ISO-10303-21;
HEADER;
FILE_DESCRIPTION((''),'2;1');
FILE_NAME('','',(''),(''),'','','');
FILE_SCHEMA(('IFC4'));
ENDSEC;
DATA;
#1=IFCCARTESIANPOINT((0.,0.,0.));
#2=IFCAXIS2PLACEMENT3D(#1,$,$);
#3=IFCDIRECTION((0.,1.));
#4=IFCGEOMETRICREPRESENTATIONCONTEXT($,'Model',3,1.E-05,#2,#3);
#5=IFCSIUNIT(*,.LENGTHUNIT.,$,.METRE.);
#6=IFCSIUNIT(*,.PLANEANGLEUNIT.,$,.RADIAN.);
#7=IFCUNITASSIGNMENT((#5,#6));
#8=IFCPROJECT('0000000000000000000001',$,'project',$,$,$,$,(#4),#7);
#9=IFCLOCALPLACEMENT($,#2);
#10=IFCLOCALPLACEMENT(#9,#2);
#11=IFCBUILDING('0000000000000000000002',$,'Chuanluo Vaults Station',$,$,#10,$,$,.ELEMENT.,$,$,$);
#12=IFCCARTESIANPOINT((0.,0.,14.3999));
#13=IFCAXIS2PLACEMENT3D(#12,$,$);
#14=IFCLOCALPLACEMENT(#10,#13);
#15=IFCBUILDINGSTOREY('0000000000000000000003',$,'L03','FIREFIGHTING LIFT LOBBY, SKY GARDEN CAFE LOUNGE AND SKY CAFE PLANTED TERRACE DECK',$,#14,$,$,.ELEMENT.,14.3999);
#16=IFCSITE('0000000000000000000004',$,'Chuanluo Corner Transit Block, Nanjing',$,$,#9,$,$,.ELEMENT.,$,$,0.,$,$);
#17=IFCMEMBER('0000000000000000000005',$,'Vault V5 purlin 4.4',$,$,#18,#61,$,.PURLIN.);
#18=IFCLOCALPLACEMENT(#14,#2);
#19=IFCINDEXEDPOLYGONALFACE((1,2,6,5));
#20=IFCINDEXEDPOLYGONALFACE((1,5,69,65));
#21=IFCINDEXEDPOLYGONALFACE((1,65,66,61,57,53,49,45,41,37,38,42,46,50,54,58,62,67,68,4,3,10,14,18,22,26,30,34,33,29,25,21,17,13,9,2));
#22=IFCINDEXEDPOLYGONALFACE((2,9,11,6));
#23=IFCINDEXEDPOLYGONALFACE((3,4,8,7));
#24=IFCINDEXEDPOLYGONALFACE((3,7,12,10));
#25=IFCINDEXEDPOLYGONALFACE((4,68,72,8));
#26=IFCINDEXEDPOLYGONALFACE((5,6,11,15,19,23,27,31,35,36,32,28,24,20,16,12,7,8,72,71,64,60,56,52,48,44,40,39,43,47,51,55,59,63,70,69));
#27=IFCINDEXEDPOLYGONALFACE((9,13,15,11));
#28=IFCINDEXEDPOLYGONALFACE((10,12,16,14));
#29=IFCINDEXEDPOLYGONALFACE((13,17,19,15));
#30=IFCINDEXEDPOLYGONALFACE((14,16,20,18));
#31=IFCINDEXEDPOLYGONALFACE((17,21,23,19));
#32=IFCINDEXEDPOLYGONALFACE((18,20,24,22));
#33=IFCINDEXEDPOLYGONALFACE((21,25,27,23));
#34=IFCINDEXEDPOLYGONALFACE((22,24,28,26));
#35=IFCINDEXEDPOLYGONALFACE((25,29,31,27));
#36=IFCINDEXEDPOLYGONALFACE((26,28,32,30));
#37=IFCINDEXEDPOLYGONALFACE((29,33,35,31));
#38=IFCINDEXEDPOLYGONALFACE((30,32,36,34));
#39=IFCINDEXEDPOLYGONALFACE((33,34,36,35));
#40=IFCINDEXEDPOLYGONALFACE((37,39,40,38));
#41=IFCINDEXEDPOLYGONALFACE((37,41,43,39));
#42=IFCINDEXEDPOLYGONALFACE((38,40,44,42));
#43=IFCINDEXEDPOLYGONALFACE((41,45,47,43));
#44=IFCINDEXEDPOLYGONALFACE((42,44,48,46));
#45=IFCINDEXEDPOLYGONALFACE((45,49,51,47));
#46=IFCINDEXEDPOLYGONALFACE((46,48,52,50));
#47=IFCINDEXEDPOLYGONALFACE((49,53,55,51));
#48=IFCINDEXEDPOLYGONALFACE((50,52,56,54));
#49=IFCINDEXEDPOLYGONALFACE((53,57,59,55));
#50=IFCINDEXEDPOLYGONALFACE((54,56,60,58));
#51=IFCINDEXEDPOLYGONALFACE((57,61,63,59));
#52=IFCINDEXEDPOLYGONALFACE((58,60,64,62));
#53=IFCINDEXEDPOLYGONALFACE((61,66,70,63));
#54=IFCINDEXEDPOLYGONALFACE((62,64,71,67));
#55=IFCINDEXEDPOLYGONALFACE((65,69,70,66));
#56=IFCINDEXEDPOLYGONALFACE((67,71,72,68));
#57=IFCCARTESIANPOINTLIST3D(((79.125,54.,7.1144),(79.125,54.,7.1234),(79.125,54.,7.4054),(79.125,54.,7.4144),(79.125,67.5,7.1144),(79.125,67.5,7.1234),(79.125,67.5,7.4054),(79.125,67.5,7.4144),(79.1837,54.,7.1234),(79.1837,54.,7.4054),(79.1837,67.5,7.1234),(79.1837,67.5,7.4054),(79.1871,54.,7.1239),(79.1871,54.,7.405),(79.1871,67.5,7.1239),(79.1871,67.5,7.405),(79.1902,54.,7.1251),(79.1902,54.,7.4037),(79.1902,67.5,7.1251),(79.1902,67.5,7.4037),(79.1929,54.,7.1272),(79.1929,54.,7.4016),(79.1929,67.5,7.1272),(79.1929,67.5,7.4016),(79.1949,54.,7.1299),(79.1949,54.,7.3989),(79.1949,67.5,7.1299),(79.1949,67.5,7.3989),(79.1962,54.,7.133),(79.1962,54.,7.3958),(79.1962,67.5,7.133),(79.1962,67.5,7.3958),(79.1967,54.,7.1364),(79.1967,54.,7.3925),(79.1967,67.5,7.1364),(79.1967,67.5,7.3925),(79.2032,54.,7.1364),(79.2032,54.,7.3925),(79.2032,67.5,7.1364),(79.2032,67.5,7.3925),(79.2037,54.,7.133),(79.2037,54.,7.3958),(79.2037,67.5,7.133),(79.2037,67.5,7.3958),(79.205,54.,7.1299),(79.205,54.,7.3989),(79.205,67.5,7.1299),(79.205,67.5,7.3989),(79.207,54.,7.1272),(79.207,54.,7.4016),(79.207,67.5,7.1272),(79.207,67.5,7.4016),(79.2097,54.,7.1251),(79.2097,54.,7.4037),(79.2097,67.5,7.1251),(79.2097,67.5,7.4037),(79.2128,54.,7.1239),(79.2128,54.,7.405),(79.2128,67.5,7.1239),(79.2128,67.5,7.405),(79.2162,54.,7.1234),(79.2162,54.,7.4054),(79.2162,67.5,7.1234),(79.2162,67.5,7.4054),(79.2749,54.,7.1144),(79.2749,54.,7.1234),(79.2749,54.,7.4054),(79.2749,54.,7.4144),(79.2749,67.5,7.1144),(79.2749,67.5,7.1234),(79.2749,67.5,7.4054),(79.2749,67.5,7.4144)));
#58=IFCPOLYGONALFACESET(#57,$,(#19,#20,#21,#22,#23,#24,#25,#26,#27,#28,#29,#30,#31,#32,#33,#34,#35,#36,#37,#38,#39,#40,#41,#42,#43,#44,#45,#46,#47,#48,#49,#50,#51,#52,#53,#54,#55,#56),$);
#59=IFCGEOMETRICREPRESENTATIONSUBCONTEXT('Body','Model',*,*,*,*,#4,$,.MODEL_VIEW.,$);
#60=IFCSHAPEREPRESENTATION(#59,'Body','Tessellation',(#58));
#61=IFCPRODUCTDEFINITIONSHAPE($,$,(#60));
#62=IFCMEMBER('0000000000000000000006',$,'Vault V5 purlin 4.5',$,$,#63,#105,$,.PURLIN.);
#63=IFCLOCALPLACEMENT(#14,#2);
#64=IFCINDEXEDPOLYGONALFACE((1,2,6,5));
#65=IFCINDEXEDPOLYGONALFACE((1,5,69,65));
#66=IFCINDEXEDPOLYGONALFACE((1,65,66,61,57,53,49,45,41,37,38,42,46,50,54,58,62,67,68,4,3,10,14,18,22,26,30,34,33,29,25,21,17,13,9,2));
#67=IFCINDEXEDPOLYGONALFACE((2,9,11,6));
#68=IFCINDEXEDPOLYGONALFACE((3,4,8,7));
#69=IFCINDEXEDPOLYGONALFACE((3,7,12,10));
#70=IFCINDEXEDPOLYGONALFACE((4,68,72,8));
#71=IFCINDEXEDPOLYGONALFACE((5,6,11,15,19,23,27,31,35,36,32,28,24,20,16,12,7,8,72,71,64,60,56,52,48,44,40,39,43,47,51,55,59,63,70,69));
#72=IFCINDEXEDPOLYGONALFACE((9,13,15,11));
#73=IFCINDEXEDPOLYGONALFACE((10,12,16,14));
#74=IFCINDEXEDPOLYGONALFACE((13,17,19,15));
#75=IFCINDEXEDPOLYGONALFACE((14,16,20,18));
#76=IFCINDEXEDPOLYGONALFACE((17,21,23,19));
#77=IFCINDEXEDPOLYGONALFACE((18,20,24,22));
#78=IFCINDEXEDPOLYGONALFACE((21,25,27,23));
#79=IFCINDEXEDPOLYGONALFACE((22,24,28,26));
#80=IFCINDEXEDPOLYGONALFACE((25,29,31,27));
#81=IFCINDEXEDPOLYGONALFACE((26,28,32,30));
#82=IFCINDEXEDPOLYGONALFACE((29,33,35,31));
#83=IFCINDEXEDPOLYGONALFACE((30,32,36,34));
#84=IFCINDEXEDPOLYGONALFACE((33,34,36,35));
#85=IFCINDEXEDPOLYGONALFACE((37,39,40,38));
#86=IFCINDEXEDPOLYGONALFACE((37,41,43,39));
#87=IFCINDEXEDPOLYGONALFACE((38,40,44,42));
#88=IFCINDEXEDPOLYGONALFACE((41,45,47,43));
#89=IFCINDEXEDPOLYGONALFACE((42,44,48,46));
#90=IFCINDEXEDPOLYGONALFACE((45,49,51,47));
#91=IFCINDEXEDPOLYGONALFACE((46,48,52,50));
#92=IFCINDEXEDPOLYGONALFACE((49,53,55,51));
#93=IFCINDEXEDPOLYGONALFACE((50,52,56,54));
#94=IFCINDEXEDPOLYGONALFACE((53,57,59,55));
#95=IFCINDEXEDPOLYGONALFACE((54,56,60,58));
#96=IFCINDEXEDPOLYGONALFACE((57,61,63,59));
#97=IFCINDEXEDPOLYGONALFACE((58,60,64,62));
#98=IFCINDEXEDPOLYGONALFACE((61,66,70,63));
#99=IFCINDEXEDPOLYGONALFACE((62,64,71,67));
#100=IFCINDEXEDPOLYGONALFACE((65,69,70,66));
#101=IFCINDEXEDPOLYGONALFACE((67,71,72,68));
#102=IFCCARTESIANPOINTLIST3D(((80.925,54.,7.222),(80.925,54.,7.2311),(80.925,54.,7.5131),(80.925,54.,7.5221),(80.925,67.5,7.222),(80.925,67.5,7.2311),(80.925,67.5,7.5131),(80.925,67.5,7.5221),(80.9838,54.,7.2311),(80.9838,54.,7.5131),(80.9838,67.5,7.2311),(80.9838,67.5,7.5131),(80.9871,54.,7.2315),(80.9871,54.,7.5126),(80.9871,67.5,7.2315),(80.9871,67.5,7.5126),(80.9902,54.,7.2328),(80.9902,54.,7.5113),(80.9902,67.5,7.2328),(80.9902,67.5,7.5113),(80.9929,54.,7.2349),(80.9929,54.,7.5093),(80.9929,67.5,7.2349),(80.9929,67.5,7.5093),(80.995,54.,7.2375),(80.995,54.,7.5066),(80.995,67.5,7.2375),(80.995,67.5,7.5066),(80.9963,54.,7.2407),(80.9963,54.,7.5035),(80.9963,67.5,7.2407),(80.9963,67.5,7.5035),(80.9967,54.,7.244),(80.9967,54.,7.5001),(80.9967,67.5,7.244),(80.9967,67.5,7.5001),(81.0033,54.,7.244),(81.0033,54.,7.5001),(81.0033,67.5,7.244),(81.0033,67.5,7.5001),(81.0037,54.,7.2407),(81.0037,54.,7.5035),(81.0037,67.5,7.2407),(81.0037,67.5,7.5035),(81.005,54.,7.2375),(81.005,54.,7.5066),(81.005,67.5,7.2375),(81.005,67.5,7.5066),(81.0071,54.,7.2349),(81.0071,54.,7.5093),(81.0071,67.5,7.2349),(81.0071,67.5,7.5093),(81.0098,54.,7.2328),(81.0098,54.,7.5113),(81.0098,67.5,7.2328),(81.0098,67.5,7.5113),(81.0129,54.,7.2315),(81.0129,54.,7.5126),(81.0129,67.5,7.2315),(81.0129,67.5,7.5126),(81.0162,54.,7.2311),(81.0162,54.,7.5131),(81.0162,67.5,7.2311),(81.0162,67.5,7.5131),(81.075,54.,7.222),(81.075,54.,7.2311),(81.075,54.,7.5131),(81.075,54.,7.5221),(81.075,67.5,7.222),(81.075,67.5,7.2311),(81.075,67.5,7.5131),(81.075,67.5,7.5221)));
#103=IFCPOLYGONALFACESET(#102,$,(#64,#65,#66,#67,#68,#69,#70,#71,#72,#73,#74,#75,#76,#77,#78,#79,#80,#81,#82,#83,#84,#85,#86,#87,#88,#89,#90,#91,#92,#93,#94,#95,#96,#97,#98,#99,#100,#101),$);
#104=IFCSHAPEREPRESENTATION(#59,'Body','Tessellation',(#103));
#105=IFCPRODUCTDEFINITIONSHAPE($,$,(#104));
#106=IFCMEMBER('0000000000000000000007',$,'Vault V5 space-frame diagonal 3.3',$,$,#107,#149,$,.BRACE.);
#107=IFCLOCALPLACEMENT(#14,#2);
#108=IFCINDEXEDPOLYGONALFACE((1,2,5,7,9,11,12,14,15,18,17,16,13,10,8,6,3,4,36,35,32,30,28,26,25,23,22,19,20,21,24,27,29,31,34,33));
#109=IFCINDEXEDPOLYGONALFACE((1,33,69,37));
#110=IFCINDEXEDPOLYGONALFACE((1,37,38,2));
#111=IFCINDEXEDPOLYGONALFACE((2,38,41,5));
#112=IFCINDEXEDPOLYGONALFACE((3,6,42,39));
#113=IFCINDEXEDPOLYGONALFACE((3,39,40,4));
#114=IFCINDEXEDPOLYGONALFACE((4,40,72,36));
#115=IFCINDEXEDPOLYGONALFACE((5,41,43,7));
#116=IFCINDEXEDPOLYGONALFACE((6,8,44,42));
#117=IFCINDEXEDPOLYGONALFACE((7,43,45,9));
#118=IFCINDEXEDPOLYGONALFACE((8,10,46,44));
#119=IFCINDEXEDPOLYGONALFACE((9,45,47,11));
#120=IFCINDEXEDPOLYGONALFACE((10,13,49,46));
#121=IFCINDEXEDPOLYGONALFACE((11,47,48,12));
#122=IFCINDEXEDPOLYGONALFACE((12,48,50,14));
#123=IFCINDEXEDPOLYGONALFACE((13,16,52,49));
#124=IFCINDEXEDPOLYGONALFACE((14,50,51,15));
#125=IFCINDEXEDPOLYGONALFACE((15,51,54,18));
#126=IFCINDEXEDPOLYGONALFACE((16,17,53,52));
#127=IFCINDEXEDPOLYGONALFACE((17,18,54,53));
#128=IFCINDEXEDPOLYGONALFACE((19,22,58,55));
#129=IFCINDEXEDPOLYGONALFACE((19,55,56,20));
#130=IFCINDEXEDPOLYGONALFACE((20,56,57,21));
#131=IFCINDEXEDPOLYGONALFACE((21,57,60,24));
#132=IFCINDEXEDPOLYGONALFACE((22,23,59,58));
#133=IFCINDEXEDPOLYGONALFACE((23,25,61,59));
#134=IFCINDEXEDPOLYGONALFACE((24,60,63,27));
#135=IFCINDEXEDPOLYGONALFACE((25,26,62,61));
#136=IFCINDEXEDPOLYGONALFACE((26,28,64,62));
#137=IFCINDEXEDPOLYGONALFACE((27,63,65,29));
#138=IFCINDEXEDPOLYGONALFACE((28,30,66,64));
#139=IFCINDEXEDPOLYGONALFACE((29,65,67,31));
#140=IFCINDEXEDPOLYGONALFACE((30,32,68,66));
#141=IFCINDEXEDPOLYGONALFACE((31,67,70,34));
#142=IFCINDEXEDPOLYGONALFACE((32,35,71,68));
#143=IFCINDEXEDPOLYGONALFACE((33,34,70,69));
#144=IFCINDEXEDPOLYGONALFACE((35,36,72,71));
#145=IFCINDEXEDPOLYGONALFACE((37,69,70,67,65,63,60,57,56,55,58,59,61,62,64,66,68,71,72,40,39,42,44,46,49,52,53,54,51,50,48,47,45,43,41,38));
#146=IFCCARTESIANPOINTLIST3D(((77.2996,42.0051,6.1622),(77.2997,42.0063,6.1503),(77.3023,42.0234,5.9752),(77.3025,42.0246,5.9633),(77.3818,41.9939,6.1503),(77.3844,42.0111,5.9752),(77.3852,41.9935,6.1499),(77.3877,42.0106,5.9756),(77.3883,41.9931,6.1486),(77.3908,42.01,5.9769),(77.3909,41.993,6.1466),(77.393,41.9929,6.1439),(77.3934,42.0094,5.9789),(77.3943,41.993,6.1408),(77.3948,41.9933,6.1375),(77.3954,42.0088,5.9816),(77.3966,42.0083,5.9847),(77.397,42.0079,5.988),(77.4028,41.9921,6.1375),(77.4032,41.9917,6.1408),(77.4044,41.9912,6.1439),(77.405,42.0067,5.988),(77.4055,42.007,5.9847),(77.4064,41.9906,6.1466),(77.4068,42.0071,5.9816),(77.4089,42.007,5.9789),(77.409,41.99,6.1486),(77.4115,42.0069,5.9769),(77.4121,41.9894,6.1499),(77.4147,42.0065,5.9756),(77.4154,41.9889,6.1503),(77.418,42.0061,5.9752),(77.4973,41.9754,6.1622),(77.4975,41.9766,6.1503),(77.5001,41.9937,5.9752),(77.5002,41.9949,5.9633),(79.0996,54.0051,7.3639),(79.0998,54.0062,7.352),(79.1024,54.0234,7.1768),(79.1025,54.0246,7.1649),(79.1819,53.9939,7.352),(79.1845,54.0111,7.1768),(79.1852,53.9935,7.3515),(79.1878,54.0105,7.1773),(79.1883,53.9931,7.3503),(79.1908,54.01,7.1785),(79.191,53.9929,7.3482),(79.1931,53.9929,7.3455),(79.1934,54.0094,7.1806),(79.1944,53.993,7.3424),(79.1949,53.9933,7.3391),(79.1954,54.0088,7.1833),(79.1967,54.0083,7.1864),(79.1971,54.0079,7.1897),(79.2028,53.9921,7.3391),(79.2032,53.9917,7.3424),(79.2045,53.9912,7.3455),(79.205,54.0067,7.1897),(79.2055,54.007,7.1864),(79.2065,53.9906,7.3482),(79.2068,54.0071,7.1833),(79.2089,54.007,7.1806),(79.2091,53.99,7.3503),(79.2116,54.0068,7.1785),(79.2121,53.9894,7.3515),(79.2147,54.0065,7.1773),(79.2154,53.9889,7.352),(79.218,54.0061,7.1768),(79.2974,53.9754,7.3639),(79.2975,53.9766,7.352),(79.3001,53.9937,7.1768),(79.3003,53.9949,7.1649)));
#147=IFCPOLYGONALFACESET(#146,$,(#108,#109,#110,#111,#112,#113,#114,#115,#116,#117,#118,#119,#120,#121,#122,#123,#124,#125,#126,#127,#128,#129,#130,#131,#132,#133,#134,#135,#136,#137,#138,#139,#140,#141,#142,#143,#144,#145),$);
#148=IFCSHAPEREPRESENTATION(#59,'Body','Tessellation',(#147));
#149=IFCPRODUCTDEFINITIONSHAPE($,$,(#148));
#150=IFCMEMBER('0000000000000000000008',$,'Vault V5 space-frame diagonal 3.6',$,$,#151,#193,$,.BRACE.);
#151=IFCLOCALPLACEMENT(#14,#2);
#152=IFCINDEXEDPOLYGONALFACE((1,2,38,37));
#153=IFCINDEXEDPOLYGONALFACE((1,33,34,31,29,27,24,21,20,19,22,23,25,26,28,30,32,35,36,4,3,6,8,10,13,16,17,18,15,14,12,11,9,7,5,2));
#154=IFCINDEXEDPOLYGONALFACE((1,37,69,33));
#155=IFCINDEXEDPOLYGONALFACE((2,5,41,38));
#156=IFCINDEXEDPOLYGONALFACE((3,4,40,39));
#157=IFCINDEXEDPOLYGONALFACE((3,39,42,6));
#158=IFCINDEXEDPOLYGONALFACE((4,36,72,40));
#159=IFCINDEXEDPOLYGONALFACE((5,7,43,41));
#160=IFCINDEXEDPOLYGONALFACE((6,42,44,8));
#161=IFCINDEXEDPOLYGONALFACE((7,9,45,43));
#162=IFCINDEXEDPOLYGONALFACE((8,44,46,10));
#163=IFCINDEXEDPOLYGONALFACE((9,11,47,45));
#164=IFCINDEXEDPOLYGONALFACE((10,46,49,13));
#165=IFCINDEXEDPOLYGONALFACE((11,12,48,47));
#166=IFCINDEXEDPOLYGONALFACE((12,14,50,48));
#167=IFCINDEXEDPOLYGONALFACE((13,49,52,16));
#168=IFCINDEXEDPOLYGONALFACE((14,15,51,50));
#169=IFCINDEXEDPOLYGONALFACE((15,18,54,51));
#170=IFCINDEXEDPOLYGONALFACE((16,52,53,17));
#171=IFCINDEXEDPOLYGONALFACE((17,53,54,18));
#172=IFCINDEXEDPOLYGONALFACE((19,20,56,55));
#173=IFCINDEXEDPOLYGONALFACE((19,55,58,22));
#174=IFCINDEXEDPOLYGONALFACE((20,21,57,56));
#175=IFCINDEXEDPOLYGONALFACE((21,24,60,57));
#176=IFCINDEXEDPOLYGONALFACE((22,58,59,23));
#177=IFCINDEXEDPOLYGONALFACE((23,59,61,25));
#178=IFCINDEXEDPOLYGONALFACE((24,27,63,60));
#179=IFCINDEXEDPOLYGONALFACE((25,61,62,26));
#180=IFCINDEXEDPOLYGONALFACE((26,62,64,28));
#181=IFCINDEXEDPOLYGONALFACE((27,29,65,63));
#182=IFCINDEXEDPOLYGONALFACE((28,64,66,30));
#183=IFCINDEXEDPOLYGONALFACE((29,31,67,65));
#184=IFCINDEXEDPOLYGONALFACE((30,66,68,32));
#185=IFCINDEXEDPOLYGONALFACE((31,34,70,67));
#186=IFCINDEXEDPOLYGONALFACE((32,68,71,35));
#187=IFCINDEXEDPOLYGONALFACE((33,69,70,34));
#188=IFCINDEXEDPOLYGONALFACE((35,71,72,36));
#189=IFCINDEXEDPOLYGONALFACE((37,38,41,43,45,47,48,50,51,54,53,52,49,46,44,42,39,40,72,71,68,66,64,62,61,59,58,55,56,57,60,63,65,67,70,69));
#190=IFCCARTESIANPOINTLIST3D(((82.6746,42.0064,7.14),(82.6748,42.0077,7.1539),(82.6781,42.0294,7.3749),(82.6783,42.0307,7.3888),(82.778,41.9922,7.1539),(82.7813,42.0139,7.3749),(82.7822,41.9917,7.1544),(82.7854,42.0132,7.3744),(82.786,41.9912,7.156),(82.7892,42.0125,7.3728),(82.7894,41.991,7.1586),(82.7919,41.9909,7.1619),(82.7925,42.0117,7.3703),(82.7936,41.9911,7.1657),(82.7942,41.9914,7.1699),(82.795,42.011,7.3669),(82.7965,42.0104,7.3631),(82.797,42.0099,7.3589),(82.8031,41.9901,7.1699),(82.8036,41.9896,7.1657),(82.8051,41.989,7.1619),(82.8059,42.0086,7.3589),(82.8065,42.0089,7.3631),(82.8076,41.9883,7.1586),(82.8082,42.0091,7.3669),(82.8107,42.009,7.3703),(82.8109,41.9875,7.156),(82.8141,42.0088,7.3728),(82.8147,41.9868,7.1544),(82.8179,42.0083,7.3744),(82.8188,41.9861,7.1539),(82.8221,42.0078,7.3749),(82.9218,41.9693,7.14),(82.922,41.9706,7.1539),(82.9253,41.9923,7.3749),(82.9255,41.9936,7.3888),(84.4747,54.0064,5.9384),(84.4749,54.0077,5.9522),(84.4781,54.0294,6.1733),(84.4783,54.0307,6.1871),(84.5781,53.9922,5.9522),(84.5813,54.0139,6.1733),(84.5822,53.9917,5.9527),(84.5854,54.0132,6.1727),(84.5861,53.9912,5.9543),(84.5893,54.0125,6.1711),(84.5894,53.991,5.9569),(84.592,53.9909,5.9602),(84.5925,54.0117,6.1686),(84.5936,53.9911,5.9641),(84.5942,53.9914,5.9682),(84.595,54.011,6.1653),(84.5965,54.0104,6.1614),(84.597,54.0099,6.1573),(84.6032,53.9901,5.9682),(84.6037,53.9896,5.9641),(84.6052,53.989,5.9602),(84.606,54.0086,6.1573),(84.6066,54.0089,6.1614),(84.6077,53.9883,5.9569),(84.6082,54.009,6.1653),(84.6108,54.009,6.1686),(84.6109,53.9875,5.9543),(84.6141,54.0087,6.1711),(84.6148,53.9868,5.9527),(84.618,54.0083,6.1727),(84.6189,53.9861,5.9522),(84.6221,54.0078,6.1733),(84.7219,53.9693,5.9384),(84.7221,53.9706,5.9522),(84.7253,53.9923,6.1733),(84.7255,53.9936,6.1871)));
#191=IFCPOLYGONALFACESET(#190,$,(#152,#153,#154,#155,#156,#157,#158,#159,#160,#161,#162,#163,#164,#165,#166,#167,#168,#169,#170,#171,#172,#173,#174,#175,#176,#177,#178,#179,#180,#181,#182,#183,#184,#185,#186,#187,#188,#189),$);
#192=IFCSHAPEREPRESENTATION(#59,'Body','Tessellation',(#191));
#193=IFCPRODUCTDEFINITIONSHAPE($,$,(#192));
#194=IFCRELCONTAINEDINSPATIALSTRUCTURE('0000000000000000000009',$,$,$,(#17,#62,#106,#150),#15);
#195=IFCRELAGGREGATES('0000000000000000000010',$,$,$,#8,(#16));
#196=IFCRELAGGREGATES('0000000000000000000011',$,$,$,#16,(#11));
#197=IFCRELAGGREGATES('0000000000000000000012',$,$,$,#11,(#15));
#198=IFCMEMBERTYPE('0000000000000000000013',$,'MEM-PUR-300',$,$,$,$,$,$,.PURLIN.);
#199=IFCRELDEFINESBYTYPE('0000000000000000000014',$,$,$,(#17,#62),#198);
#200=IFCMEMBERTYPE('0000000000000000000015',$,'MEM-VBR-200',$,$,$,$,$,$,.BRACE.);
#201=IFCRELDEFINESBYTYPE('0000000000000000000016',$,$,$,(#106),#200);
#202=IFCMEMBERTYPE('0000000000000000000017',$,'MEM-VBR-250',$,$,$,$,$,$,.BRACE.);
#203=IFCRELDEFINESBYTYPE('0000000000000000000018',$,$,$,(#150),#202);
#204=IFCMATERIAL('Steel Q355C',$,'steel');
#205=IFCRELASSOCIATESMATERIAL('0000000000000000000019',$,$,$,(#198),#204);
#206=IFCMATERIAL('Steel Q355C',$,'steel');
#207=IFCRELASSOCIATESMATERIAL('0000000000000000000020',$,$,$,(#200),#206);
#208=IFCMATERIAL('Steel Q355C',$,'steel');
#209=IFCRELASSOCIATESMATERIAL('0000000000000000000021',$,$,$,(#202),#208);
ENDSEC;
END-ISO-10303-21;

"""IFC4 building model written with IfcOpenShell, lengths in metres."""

from ifc_helpers import new_model, si_unit, direction, frame, origin, origin_2d, place, context, subcontext, project, spatial, i_section, extrude, material, material_profile, profile_set, type_object, element, save


model = new_model("IFC4")

# Units and contexts
model_context = context("Model", 3, precision=1e-05, world=origin(), true_north=direction((0.0, 1.0)))
body_context = subcontext(model_context, "Body", "Model", "MODEL_VIEW")
ifc_project = project(units=[si_unit("LENGTHUNIT", "METRE"), si_unit("PLANEANGLEUNIT", "RADIAN")], contexts=[model_context])

# Site, building, storey
site_placement = place(None, origin())
site = spatial("IfcSite", under=ifc_project, at=site_placement, Name="Chuanluo Corner Transit Block, Nanjing", CompositionType="ELEMENT", RefElevation=0.0)
building_placement = place(site_placement, origin())
building = spatial("IfcBuilding", under=site, at=building_placement, Name="Chuanluo Vaults Station", CompositionType="ELEMENT")
storey_placement = place(building_placement, frame((0.0, 0.0, 14.3999)))
storey = spatial("IfcBuildingStorey", under=building, at=storey_placement, Name="L03", Description="FIREFIGHTING LIFT LOBBY, SKY GARDEN CAFE LOUNGE AND SKY CAFE PLANTED TERRACE DECK", CompositionType="ELEMENT", Elevation=14.3999)

# Members
ifc_material_1 = material(Name="Steel Q355C", Category="steel")
ifc_material_profile_1 = material_profile(ifc_material_1, i_section(OverallWidth=0.1499, OverallDepth=0.3, WebThickness=0.0066, FlangeThickness=0.009, FilletRadius=0.0129, at=origin_2d()))
ifc_profile_set_1 = profile_set([ifc_material_profile_1], Name="Steel Q355C")
member_type_1 = type_object("IfcMemberType", Name="MEM-PUR-300", PredefinedType="PURLIN", material=ifc_profile_set_1)
for number, where, z_axis, x_axis, name in (
    (1, (79.2, 54.0, 7.2644), (0.0, 1.0, 0.0), (-1.0, 0.0, 0.0), "Vault V5 purlin 4.4"),
    (2, (81.0, 54.0, 7.3721), (0.0, 1.0, 0.0), (-1.0, 0.0, 0.0), "Vault V5 purlin 4.5"),
):
    element("IfcMember", number, at=place(storey_placement, frame(where, z_axis=z_axis, x_axis=x_axis)), inside=storey, type_object=member_type_1, Name=name, PredefinedType="PURLIN", context=body_context, shape_type="SweptSolid", body=[
        extrude(i_section(OverallWidth=0.1499, OverallDepth=0.3, WebThickness=0.0066, FlangeThickness=0.009, FilletRadius=0.0129, at=origin_2d()), origin(), (0.0, 0.0, 1.0), 13.5),
    ])
ifc_material_2 = material(Name="Steel Q355C", Category="steel")
ifc_material_profile_2 = material_profile(ifc_material_2, i_section(OverallWidth=0.2, OverallDepth=0.2, WebThickness=0.0081, FlangeThickness=0.012, FilletRadius=0.0129, at=origin_2d()))
ifc_profile_set_2 = profile_set([ifc_material_profile_2], Name="Steel Q355C")
member_type_2 = type_object("IfcMemberType", Name="MEM-VBR-200", PredefinedType="BRACE", material=ifc_profile_set_2)
member_1_placement = place(storey_placement, frame((77.3999, 42.0, 6.0627), z_axis=(0.147622, 0.984122, 0.098548), x_axis=(-0.988936, 0.148344, 0.0)))
element("IfcMember", 3, at=member_1_placement, inside=storey, type_object=member_type_2, Name="Vault V5 space-frame diagonal 3.3", PredefinedType="BRACE", context=body_context, shape_type="SweptSolid", body=[
    extrude(i_section(OverallWidth=0.2, OverallDepth=0.2, WebThickness=0.0081, FlangeThickness=0.012, FilletRadius=0.0129, at=origin_2d()), origin(), (0.0, 0.0, 1.0), 12.1936),
])
ifc_material_3 = material(Name="Steel Q355C", Category="steel")
ifc_material_profile_3 = material_profile(ifc_material_3, i_section(OverallWidth=0.25, OverallDepth=0.25, WebThickness=0.009, FlangeThickness=0.0139, FilletRadius=0.0161, at=origin_2d()))
ifc_profile_set_3 = profile_set([ifc_material_profile_3], Name="Steel Q355C")
member_type_3 = type_object("IfcMemberType", Name="MEM-VBR-250", PredefinedType="BRACE", material=ifc_profile_set_3)
member_2_placement = place(storey_placement, frame((82.8, 42.0, 7.2644), z_axis=(0.147622, 0.984122, -0.098548), x_axis=(-0.988936, 0.148344, 0.0)))
element("IfcMember", 4, at=member_2_placement, inside=storey, type_object=member_type_3, Name="Vault V5 space-frame diagonal 3.6", PredefinedType="BRACE", context=body_context, shape_type="SweptSolid", body=[
    extrude(i_section(OverallWidth=0.25, OverallDepth=0.25, WebThickness=0.009, FlangeThickness=0.0139, FilletRadius=0.0161, at=origin_2d()), origin(), (0.0, 0.0, 1.0), 12.1936),
])

save(model, "model.ifc")
